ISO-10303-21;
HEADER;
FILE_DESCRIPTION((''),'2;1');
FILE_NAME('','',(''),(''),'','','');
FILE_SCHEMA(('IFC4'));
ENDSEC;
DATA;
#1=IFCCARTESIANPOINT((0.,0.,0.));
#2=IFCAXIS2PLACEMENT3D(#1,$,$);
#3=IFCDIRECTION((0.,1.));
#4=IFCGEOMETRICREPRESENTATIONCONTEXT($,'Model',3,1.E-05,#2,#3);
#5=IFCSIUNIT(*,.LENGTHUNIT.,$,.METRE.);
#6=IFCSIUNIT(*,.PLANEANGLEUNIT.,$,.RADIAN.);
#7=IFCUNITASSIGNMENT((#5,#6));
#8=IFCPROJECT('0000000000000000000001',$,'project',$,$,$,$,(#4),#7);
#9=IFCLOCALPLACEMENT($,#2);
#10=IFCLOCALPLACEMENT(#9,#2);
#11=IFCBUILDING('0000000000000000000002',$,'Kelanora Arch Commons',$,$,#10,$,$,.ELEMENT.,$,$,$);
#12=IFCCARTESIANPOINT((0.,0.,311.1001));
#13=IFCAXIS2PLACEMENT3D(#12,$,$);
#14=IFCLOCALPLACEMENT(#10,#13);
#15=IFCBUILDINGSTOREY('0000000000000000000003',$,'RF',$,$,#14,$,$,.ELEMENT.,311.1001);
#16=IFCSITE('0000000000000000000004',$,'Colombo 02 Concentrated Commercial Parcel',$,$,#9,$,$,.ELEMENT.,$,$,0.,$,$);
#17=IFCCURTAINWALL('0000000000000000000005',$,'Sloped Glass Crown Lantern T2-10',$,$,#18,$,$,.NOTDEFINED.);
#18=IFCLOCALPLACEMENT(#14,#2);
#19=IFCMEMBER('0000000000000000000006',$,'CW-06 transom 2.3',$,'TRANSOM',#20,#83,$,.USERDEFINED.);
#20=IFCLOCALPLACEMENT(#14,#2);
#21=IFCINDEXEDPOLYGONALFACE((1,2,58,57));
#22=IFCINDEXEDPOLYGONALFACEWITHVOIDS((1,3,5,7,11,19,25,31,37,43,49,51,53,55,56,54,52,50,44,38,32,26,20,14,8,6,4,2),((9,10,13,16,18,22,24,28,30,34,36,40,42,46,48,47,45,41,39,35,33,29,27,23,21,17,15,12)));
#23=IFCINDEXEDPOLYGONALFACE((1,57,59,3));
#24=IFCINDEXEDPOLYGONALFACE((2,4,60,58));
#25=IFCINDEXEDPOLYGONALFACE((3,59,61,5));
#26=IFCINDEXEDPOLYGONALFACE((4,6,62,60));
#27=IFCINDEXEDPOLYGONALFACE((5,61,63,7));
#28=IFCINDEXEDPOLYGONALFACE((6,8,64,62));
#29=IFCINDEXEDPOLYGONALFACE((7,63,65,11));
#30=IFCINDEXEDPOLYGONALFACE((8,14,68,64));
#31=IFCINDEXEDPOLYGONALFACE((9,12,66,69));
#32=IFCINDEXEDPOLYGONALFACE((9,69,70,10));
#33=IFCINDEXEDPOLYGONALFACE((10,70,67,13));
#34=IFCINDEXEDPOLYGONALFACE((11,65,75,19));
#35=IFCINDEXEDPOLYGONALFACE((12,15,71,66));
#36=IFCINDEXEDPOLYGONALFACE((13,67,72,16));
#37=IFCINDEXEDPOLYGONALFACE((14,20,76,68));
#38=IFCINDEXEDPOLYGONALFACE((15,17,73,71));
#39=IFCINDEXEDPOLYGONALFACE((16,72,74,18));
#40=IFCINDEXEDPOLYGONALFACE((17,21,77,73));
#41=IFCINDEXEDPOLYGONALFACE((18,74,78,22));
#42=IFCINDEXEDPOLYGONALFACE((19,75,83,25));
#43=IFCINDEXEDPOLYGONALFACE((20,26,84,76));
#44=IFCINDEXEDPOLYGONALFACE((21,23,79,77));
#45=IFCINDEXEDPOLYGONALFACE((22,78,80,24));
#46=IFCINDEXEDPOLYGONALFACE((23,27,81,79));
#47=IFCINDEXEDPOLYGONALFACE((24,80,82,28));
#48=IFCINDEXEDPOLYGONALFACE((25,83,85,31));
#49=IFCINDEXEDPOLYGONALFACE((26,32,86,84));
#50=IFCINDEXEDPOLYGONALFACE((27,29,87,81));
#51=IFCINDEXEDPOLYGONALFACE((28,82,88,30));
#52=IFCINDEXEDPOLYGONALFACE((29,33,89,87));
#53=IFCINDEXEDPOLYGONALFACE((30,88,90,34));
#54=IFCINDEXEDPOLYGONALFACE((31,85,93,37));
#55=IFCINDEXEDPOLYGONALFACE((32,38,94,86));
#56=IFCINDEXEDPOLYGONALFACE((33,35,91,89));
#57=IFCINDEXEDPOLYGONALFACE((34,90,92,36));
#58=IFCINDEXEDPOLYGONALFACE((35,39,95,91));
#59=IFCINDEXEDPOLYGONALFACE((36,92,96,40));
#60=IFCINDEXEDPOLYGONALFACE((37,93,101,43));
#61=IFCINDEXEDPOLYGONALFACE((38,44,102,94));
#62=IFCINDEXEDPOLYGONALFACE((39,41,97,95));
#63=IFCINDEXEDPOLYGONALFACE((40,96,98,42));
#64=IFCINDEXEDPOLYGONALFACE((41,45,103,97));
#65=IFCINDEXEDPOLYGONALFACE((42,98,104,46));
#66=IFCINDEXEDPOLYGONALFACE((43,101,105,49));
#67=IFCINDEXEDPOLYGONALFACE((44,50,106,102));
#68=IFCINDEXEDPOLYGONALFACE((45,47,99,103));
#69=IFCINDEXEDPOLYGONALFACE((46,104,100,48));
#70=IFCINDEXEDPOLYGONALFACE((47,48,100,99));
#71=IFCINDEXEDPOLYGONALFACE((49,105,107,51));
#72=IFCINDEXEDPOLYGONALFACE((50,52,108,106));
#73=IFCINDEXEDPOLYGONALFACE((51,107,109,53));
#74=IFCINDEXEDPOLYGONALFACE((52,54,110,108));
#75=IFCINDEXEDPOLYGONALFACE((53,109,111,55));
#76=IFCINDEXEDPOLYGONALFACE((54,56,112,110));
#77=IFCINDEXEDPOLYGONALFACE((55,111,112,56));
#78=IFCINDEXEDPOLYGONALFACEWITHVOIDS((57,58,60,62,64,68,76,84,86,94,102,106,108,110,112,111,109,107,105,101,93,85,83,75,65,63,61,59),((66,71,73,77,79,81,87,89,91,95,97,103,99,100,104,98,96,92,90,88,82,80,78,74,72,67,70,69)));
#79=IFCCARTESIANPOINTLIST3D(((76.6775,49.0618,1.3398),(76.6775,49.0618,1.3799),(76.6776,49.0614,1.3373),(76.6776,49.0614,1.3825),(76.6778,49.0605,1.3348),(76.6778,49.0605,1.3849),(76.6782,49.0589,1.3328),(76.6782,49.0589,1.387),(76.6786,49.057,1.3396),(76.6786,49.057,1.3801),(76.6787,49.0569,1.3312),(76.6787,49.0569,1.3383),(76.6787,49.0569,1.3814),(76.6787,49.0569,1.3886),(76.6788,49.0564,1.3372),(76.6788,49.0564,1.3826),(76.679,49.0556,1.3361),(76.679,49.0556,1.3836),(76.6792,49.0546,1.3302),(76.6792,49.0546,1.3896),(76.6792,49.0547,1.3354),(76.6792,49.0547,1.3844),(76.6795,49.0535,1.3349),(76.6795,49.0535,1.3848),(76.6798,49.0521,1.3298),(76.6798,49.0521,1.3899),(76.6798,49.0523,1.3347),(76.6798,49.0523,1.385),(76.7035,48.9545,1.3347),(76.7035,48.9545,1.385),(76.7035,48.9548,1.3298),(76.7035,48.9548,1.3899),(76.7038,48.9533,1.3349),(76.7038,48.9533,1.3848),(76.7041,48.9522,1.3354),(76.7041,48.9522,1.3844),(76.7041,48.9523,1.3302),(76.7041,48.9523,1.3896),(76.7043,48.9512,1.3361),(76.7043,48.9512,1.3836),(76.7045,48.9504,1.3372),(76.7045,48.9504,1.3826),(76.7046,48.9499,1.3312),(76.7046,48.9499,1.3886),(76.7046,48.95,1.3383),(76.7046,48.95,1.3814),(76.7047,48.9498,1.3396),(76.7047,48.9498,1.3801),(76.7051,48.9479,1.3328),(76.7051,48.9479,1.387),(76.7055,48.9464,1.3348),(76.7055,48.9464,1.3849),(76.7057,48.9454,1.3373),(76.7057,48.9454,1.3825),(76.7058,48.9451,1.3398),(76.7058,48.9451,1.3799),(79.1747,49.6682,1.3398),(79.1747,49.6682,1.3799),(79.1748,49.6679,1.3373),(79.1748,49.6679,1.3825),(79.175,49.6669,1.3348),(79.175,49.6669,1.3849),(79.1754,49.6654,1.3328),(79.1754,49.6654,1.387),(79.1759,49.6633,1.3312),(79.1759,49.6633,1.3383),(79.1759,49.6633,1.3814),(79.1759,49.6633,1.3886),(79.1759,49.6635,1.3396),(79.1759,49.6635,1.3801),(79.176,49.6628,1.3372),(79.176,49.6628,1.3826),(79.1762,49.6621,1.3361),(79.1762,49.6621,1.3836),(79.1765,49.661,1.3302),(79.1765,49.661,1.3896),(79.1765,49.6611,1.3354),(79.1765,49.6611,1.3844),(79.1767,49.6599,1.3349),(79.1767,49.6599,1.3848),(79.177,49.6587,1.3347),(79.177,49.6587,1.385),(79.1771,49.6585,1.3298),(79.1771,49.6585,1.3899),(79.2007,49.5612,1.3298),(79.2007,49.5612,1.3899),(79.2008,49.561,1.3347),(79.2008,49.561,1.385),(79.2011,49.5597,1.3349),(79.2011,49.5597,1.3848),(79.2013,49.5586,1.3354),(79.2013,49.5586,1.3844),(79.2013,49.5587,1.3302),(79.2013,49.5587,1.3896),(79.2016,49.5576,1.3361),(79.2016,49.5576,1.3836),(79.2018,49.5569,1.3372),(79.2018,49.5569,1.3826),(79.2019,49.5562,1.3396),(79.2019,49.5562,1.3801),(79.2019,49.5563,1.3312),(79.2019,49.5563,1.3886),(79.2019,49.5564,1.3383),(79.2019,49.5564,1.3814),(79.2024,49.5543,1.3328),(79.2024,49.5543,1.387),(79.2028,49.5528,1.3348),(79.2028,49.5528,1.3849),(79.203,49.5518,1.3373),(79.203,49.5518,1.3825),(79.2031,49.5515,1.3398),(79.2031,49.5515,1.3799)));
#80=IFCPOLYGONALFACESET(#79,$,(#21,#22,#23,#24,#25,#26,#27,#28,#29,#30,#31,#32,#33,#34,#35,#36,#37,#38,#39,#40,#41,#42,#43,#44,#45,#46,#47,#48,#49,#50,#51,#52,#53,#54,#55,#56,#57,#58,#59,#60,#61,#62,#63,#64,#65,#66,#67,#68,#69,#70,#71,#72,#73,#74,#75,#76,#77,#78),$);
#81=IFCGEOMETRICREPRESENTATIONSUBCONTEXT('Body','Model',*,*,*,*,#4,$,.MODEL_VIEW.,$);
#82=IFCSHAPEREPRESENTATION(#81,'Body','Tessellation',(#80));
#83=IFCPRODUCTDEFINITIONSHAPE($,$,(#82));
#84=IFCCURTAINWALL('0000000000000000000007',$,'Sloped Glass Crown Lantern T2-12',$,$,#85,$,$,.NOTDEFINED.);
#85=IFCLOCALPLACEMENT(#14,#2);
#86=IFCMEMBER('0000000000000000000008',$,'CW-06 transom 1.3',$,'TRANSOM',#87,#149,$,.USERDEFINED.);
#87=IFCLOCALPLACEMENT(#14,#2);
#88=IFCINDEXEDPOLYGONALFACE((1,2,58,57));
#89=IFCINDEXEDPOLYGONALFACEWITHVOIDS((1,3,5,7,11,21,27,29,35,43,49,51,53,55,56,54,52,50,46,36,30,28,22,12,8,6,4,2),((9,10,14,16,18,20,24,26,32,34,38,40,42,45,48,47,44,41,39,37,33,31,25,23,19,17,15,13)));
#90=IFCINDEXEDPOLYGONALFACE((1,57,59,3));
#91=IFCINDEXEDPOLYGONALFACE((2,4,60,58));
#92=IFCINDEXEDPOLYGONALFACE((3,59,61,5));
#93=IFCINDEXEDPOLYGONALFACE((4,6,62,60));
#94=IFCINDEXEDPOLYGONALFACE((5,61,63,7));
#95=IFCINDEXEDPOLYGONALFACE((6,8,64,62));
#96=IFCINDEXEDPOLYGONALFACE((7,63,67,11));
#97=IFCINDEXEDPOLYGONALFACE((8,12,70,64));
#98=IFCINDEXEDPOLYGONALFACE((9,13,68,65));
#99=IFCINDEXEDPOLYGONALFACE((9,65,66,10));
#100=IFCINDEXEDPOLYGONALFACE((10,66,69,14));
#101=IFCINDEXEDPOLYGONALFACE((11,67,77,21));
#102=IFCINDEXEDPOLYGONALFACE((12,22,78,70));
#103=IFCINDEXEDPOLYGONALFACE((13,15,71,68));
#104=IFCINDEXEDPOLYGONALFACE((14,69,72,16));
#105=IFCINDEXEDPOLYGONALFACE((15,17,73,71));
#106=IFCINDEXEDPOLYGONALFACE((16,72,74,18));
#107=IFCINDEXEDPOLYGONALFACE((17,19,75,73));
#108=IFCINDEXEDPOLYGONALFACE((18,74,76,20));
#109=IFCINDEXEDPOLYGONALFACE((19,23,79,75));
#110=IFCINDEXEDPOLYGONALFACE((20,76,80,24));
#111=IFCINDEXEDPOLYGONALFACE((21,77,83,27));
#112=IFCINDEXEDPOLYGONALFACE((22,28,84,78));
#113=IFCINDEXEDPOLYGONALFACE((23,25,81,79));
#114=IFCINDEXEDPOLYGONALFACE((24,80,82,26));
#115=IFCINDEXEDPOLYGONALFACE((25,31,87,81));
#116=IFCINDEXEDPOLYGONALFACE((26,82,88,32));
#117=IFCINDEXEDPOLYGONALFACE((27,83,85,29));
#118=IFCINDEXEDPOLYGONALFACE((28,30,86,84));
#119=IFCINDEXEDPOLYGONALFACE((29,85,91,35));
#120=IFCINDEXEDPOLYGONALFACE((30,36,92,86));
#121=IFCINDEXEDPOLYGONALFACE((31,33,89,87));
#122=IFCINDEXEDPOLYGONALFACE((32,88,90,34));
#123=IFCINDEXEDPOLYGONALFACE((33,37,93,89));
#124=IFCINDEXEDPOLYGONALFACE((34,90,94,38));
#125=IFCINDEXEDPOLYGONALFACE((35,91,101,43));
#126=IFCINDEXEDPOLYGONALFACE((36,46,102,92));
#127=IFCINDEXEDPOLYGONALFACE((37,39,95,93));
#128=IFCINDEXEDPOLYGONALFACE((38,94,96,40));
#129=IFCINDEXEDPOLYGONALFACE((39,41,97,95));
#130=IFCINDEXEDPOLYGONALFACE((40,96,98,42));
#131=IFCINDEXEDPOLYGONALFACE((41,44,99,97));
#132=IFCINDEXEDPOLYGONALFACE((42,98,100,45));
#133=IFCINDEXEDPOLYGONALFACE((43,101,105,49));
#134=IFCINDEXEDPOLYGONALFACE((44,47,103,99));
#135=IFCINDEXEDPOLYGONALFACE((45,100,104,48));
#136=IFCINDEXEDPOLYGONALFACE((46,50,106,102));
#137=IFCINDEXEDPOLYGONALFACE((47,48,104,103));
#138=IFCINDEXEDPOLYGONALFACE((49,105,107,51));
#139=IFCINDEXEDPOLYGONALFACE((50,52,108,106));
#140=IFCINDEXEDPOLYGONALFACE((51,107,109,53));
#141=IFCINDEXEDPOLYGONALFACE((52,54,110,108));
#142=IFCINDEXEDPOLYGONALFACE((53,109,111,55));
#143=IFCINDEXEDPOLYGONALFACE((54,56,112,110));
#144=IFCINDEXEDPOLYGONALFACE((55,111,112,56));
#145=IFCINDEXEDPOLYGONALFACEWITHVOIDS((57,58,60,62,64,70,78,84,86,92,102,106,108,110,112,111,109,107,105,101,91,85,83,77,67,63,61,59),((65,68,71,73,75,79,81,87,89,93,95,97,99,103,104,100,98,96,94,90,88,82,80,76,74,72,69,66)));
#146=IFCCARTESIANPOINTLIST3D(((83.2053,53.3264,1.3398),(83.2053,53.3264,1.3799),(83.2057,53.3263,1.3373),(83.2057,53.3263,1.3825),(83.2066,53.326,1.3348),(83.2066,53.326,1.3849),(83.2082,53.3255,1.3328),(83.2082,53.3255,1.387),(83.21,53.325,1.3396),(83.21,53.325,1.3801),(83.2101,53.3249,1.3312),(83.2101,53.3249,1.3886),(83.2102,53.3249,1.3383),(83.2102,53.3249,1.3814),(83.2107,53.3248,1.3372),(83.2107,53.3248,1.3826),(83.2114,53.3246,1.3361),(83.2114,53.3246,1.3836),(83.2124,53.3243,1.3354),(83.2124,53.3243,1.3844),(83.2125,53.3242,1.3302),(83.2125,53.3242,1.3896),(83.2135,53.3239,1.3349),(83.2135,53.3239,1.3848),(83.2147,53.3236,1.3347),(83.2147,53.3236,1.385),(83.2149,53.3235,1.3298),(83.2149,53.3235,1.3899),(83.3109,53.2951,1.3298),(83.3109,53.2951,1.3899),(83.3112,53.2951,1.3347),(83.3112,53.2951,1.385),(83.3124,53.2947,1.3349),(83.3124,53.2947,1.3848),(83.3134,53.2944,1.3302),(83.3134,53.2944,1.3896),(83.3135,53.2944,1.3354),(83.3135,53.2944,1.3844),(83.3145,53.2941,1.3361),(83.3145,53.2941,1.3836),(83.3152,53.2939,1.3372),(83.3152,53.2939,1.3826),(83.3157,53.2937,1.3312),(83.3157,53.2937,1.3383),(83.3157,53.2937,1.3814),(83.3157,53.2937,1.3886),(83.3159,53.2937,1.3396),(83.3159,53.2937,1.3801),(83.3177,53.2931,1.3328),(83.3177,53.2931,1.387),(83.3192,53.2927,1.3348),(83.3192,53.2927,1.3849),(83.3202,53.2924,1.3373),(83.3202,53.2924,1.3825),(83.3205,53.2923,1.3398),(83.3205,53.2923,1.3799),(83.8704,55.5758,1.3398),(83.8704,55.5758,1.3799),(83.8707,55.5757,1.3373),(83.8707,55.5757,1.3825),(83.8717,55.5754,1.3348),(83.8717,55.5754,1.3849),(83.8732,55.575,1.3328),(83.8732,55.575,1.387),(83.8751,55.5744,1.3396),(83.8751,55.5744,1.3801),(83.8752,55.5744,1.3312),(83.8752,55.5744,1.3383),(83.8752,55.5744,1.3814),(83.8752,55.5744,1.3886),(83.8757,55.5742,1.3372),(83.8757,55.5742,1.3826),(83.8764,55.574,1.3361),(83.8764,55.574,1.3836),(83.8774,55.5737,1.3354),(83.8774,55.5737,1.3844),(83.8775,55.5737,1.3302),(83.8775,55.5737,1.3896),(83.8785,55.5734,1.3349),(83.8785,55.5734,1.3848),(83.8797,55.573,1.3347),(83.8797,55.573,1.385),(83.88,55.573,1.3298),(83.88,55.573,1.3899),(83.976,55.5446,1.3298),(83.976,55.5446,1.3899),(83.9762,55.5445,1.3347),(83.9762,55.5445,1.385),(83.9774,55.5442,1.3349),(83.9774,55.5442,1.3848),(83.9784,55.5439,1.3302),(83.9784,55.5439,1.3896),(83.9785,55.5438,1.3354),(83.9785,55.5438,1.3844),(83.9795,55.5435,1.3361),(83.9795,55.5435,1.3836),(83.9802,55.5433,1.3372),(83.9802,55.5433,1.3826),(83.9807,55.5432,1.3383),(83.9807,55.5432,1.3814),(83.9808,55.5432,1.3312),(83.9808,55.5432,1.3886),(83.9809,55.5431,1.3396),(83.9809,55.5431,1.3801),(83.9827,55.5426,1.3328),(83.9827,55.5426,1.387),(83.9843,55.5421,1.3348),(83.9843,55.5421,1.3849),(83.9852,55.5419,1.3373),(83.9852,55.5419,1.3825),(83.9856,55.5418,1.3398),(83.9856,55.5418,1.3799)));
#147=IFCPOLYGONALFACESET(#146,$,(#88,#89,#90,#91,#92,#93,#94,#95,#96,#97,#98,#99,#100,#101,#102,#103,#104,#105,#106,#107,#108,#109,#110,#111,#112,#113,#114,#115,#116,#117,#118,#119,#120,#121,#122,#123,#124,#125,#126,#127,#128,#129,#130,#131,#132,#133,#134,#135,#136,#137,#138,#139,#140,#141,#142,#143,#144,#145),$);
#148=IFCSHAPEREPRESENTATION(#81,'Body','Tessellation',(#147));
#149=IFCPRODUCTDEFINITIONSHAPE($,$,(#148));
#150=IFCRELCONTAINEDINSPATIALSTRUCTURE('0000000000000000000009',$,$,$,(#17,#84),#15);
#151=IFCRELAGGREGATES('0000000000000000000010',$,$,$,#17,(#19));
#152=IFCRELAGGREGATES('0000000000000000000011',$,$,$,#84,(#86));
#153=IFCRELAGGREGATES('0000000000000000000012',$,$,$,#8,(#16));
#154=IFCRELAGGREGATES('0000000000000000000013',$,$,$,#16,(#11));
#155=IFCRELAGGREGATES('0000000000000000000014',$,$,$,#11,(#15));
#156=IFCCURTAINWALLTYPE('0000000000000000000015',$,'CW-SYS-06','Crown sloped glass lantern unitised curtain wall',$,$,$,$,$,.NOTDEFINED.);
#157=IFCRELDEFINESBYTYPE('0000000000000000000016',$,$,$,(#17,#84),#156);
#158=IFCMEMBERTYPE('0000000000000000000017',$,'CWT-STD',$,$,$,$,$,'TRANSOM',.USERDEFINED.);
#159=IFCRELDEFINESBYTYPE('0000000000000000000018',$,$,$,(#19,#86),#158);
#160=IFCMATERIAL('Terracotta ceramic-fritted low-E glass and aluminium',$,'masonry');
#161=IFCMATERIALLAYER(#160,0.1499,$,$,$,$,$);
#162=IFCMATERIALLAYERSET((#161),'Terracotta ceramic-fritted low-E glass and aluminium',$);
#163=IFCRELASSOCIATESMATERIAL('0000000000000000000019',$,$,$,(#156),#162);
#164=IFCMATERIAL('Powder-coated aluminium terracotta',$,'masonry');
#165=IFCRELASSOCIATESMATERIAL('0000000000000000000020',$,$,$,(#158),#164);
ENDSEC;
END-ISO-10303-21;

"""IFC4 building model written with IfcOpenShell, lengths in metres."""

from ifc_helpers import new_model, si_unit, direction, frame, origin, origin_2d, place, context, subcontext, project, spatial, hollow_rectangle, extrude, material, layer, layer_set, material_profile, profile_set, type_object, element, aggregate, save


model = new_model("IFC4")

# Units and contexts
model_context = context("Model", 3, precision=1e-05, world=origin(), true_north=direction((0.0, 1.0)))
body_context = subcontext(model_context, "Body", "Model", "MODEL_VIEW")
ifc_project = project(units=[si_unit("LENGTHUNIT", "METRE"), si_unit("PLANEANGLEUNIT", "RADIAN")], contexts=[model_context])

# Site, building, storey
site_placement = place(None, origin())
site = spatial("IfcSite", under=ifc_project, at=site_placement, Name="Colombo 02 Concentrated Commercial Parcel", CompositionType="ELEMENT", RefElevation=0.0)
building_placement = place(site_placement, origin())
building = spatial("IfcBuilding", under=site, at=building_placement, Name="Kelanora Arch Commons", CompositionType="ELEMENT")
storey_placement = place(building_placement, frame((0.0, 0.0, 311.1001)))
storey = spatial("IfcBuildingStorey", under=building, at=storey_placement, Name="RF", CompositionType="ELEMENT", Elevation=311.1001)

# Shared definitions
ifc_material_1 = material(Name="Terracotta ceramic-fritted low-E glass and aluminium", Category="masonry")
ifc_layer_1 = layer(ifc_material_1, 0.1499)
ifc_layer_set_1 = layer_set([ifc_layer_1], Name="Terracotta ceramic-fritted low-E glass and aluminium")
curtain_wall_type = type_object("IfcCurtainWallType", Name="CW-SYS-06", Description="Crown sloped glass lantern unitised curtain wall", PredefinedType="NOTDEFINED", material=ifc_layer_set_1)
ifc_material_2 = material(Name="Powder-coated aluminium terracotta", Category="masonry")
ifc_material_profile_1 = material_profile(ifc_material_2, hollow_rectangle(XDim=0.1201, YDim=0.0601, WallThickness=0.0049, InnerFilletRadius=0.0049, OuterFilletRadius=0.01, at=origin_2d()), Name="CWT120x60")
ifc_profile_set_1 = profile_set([ifc_material_profile_1], Name="Powder-coated aluminium terracotta")
member_type_1 = type_object("IfcMemberType", Name="CWT-STD", ElementType="TRANSOM", PredefinedType="USERDEFINED", material=ifc_profile_set_1)

# Curtain walls, members
curtain_wall_1_placement = place(storey_placement, origin())
curtain_wall_1 = element("IfcCurtainWall", 1, at=curtain_wall_1_placement, inside=storey, type_object=curtain_wall_type, Name="Sloped Glass Crown Lantern T2-10", PredefinedType="NOTDEFINED")
member_1_placement = place(storey_placement, frame((76.6917, 49.0034, 1.3599), z_axis=(0.971758, 0.235981, 0.0), x_axis=(-0.235981, 0.971758, 0.0)))
member_1 = element("IfcMember", 2, at=member_1_placement, type_object=member_type_1, Name="CW-06 transom 2.3", ObjectType="TRANSOM", PredefinedType="USERDEFINED", context=body_context, shape_type="SweptSolid", body=[
    extrude(hollow_rectangle(XDim=0.1201, YDim=0.0601, WallThickness=0.0049, InnerFilletRadius=0.0049, OuterFilletRadius=0.01, at=origin_2d()), origin(), (0.0, 0.0, 1.0), 2.5698),
])
aggregate(curtain_wall_1, [member_1])
curtain_wall_2_placement = place(storey_placement, origin())
curtain_wall_2 = element("IfcCurtainWall", 3, at=curtain_wall_2_placement, inside=storey, type_object=curtain_wall_type, Name="Sloped Glass Crown Lantern T2-12", PredefinedType="NOTDEFINED")
member_2_placement = place(storey_placement, frame((83.2629, 53.3093, 1.3599), z_axis=(0.283507, 0.95897, 0.0), x_axis=(-0.95897, 0.283507, 0.0)))
member_2 = element("IfcMember", 4, at=member_2_placement, type_object=member_type_1, Name="CW-06 transom 1.3", ObjectType="TRANSOM", PredefinedType="USERDEFINED", context=body_context, shape_type="SweptSolid", body=[
    extrude(hollow_rectangle(XDim=0.1201, YDim=0.0601, WallThickness=0.0049, InnerFilletRadius=0.0049, OuterFilletRadius=0.01, at=origin_2d()), origin(), (0.0, 0.0, 1.0), 2.3457),
])
aggregate(curtain_wall_2, [member_2])

save(model, "model.ifc")
